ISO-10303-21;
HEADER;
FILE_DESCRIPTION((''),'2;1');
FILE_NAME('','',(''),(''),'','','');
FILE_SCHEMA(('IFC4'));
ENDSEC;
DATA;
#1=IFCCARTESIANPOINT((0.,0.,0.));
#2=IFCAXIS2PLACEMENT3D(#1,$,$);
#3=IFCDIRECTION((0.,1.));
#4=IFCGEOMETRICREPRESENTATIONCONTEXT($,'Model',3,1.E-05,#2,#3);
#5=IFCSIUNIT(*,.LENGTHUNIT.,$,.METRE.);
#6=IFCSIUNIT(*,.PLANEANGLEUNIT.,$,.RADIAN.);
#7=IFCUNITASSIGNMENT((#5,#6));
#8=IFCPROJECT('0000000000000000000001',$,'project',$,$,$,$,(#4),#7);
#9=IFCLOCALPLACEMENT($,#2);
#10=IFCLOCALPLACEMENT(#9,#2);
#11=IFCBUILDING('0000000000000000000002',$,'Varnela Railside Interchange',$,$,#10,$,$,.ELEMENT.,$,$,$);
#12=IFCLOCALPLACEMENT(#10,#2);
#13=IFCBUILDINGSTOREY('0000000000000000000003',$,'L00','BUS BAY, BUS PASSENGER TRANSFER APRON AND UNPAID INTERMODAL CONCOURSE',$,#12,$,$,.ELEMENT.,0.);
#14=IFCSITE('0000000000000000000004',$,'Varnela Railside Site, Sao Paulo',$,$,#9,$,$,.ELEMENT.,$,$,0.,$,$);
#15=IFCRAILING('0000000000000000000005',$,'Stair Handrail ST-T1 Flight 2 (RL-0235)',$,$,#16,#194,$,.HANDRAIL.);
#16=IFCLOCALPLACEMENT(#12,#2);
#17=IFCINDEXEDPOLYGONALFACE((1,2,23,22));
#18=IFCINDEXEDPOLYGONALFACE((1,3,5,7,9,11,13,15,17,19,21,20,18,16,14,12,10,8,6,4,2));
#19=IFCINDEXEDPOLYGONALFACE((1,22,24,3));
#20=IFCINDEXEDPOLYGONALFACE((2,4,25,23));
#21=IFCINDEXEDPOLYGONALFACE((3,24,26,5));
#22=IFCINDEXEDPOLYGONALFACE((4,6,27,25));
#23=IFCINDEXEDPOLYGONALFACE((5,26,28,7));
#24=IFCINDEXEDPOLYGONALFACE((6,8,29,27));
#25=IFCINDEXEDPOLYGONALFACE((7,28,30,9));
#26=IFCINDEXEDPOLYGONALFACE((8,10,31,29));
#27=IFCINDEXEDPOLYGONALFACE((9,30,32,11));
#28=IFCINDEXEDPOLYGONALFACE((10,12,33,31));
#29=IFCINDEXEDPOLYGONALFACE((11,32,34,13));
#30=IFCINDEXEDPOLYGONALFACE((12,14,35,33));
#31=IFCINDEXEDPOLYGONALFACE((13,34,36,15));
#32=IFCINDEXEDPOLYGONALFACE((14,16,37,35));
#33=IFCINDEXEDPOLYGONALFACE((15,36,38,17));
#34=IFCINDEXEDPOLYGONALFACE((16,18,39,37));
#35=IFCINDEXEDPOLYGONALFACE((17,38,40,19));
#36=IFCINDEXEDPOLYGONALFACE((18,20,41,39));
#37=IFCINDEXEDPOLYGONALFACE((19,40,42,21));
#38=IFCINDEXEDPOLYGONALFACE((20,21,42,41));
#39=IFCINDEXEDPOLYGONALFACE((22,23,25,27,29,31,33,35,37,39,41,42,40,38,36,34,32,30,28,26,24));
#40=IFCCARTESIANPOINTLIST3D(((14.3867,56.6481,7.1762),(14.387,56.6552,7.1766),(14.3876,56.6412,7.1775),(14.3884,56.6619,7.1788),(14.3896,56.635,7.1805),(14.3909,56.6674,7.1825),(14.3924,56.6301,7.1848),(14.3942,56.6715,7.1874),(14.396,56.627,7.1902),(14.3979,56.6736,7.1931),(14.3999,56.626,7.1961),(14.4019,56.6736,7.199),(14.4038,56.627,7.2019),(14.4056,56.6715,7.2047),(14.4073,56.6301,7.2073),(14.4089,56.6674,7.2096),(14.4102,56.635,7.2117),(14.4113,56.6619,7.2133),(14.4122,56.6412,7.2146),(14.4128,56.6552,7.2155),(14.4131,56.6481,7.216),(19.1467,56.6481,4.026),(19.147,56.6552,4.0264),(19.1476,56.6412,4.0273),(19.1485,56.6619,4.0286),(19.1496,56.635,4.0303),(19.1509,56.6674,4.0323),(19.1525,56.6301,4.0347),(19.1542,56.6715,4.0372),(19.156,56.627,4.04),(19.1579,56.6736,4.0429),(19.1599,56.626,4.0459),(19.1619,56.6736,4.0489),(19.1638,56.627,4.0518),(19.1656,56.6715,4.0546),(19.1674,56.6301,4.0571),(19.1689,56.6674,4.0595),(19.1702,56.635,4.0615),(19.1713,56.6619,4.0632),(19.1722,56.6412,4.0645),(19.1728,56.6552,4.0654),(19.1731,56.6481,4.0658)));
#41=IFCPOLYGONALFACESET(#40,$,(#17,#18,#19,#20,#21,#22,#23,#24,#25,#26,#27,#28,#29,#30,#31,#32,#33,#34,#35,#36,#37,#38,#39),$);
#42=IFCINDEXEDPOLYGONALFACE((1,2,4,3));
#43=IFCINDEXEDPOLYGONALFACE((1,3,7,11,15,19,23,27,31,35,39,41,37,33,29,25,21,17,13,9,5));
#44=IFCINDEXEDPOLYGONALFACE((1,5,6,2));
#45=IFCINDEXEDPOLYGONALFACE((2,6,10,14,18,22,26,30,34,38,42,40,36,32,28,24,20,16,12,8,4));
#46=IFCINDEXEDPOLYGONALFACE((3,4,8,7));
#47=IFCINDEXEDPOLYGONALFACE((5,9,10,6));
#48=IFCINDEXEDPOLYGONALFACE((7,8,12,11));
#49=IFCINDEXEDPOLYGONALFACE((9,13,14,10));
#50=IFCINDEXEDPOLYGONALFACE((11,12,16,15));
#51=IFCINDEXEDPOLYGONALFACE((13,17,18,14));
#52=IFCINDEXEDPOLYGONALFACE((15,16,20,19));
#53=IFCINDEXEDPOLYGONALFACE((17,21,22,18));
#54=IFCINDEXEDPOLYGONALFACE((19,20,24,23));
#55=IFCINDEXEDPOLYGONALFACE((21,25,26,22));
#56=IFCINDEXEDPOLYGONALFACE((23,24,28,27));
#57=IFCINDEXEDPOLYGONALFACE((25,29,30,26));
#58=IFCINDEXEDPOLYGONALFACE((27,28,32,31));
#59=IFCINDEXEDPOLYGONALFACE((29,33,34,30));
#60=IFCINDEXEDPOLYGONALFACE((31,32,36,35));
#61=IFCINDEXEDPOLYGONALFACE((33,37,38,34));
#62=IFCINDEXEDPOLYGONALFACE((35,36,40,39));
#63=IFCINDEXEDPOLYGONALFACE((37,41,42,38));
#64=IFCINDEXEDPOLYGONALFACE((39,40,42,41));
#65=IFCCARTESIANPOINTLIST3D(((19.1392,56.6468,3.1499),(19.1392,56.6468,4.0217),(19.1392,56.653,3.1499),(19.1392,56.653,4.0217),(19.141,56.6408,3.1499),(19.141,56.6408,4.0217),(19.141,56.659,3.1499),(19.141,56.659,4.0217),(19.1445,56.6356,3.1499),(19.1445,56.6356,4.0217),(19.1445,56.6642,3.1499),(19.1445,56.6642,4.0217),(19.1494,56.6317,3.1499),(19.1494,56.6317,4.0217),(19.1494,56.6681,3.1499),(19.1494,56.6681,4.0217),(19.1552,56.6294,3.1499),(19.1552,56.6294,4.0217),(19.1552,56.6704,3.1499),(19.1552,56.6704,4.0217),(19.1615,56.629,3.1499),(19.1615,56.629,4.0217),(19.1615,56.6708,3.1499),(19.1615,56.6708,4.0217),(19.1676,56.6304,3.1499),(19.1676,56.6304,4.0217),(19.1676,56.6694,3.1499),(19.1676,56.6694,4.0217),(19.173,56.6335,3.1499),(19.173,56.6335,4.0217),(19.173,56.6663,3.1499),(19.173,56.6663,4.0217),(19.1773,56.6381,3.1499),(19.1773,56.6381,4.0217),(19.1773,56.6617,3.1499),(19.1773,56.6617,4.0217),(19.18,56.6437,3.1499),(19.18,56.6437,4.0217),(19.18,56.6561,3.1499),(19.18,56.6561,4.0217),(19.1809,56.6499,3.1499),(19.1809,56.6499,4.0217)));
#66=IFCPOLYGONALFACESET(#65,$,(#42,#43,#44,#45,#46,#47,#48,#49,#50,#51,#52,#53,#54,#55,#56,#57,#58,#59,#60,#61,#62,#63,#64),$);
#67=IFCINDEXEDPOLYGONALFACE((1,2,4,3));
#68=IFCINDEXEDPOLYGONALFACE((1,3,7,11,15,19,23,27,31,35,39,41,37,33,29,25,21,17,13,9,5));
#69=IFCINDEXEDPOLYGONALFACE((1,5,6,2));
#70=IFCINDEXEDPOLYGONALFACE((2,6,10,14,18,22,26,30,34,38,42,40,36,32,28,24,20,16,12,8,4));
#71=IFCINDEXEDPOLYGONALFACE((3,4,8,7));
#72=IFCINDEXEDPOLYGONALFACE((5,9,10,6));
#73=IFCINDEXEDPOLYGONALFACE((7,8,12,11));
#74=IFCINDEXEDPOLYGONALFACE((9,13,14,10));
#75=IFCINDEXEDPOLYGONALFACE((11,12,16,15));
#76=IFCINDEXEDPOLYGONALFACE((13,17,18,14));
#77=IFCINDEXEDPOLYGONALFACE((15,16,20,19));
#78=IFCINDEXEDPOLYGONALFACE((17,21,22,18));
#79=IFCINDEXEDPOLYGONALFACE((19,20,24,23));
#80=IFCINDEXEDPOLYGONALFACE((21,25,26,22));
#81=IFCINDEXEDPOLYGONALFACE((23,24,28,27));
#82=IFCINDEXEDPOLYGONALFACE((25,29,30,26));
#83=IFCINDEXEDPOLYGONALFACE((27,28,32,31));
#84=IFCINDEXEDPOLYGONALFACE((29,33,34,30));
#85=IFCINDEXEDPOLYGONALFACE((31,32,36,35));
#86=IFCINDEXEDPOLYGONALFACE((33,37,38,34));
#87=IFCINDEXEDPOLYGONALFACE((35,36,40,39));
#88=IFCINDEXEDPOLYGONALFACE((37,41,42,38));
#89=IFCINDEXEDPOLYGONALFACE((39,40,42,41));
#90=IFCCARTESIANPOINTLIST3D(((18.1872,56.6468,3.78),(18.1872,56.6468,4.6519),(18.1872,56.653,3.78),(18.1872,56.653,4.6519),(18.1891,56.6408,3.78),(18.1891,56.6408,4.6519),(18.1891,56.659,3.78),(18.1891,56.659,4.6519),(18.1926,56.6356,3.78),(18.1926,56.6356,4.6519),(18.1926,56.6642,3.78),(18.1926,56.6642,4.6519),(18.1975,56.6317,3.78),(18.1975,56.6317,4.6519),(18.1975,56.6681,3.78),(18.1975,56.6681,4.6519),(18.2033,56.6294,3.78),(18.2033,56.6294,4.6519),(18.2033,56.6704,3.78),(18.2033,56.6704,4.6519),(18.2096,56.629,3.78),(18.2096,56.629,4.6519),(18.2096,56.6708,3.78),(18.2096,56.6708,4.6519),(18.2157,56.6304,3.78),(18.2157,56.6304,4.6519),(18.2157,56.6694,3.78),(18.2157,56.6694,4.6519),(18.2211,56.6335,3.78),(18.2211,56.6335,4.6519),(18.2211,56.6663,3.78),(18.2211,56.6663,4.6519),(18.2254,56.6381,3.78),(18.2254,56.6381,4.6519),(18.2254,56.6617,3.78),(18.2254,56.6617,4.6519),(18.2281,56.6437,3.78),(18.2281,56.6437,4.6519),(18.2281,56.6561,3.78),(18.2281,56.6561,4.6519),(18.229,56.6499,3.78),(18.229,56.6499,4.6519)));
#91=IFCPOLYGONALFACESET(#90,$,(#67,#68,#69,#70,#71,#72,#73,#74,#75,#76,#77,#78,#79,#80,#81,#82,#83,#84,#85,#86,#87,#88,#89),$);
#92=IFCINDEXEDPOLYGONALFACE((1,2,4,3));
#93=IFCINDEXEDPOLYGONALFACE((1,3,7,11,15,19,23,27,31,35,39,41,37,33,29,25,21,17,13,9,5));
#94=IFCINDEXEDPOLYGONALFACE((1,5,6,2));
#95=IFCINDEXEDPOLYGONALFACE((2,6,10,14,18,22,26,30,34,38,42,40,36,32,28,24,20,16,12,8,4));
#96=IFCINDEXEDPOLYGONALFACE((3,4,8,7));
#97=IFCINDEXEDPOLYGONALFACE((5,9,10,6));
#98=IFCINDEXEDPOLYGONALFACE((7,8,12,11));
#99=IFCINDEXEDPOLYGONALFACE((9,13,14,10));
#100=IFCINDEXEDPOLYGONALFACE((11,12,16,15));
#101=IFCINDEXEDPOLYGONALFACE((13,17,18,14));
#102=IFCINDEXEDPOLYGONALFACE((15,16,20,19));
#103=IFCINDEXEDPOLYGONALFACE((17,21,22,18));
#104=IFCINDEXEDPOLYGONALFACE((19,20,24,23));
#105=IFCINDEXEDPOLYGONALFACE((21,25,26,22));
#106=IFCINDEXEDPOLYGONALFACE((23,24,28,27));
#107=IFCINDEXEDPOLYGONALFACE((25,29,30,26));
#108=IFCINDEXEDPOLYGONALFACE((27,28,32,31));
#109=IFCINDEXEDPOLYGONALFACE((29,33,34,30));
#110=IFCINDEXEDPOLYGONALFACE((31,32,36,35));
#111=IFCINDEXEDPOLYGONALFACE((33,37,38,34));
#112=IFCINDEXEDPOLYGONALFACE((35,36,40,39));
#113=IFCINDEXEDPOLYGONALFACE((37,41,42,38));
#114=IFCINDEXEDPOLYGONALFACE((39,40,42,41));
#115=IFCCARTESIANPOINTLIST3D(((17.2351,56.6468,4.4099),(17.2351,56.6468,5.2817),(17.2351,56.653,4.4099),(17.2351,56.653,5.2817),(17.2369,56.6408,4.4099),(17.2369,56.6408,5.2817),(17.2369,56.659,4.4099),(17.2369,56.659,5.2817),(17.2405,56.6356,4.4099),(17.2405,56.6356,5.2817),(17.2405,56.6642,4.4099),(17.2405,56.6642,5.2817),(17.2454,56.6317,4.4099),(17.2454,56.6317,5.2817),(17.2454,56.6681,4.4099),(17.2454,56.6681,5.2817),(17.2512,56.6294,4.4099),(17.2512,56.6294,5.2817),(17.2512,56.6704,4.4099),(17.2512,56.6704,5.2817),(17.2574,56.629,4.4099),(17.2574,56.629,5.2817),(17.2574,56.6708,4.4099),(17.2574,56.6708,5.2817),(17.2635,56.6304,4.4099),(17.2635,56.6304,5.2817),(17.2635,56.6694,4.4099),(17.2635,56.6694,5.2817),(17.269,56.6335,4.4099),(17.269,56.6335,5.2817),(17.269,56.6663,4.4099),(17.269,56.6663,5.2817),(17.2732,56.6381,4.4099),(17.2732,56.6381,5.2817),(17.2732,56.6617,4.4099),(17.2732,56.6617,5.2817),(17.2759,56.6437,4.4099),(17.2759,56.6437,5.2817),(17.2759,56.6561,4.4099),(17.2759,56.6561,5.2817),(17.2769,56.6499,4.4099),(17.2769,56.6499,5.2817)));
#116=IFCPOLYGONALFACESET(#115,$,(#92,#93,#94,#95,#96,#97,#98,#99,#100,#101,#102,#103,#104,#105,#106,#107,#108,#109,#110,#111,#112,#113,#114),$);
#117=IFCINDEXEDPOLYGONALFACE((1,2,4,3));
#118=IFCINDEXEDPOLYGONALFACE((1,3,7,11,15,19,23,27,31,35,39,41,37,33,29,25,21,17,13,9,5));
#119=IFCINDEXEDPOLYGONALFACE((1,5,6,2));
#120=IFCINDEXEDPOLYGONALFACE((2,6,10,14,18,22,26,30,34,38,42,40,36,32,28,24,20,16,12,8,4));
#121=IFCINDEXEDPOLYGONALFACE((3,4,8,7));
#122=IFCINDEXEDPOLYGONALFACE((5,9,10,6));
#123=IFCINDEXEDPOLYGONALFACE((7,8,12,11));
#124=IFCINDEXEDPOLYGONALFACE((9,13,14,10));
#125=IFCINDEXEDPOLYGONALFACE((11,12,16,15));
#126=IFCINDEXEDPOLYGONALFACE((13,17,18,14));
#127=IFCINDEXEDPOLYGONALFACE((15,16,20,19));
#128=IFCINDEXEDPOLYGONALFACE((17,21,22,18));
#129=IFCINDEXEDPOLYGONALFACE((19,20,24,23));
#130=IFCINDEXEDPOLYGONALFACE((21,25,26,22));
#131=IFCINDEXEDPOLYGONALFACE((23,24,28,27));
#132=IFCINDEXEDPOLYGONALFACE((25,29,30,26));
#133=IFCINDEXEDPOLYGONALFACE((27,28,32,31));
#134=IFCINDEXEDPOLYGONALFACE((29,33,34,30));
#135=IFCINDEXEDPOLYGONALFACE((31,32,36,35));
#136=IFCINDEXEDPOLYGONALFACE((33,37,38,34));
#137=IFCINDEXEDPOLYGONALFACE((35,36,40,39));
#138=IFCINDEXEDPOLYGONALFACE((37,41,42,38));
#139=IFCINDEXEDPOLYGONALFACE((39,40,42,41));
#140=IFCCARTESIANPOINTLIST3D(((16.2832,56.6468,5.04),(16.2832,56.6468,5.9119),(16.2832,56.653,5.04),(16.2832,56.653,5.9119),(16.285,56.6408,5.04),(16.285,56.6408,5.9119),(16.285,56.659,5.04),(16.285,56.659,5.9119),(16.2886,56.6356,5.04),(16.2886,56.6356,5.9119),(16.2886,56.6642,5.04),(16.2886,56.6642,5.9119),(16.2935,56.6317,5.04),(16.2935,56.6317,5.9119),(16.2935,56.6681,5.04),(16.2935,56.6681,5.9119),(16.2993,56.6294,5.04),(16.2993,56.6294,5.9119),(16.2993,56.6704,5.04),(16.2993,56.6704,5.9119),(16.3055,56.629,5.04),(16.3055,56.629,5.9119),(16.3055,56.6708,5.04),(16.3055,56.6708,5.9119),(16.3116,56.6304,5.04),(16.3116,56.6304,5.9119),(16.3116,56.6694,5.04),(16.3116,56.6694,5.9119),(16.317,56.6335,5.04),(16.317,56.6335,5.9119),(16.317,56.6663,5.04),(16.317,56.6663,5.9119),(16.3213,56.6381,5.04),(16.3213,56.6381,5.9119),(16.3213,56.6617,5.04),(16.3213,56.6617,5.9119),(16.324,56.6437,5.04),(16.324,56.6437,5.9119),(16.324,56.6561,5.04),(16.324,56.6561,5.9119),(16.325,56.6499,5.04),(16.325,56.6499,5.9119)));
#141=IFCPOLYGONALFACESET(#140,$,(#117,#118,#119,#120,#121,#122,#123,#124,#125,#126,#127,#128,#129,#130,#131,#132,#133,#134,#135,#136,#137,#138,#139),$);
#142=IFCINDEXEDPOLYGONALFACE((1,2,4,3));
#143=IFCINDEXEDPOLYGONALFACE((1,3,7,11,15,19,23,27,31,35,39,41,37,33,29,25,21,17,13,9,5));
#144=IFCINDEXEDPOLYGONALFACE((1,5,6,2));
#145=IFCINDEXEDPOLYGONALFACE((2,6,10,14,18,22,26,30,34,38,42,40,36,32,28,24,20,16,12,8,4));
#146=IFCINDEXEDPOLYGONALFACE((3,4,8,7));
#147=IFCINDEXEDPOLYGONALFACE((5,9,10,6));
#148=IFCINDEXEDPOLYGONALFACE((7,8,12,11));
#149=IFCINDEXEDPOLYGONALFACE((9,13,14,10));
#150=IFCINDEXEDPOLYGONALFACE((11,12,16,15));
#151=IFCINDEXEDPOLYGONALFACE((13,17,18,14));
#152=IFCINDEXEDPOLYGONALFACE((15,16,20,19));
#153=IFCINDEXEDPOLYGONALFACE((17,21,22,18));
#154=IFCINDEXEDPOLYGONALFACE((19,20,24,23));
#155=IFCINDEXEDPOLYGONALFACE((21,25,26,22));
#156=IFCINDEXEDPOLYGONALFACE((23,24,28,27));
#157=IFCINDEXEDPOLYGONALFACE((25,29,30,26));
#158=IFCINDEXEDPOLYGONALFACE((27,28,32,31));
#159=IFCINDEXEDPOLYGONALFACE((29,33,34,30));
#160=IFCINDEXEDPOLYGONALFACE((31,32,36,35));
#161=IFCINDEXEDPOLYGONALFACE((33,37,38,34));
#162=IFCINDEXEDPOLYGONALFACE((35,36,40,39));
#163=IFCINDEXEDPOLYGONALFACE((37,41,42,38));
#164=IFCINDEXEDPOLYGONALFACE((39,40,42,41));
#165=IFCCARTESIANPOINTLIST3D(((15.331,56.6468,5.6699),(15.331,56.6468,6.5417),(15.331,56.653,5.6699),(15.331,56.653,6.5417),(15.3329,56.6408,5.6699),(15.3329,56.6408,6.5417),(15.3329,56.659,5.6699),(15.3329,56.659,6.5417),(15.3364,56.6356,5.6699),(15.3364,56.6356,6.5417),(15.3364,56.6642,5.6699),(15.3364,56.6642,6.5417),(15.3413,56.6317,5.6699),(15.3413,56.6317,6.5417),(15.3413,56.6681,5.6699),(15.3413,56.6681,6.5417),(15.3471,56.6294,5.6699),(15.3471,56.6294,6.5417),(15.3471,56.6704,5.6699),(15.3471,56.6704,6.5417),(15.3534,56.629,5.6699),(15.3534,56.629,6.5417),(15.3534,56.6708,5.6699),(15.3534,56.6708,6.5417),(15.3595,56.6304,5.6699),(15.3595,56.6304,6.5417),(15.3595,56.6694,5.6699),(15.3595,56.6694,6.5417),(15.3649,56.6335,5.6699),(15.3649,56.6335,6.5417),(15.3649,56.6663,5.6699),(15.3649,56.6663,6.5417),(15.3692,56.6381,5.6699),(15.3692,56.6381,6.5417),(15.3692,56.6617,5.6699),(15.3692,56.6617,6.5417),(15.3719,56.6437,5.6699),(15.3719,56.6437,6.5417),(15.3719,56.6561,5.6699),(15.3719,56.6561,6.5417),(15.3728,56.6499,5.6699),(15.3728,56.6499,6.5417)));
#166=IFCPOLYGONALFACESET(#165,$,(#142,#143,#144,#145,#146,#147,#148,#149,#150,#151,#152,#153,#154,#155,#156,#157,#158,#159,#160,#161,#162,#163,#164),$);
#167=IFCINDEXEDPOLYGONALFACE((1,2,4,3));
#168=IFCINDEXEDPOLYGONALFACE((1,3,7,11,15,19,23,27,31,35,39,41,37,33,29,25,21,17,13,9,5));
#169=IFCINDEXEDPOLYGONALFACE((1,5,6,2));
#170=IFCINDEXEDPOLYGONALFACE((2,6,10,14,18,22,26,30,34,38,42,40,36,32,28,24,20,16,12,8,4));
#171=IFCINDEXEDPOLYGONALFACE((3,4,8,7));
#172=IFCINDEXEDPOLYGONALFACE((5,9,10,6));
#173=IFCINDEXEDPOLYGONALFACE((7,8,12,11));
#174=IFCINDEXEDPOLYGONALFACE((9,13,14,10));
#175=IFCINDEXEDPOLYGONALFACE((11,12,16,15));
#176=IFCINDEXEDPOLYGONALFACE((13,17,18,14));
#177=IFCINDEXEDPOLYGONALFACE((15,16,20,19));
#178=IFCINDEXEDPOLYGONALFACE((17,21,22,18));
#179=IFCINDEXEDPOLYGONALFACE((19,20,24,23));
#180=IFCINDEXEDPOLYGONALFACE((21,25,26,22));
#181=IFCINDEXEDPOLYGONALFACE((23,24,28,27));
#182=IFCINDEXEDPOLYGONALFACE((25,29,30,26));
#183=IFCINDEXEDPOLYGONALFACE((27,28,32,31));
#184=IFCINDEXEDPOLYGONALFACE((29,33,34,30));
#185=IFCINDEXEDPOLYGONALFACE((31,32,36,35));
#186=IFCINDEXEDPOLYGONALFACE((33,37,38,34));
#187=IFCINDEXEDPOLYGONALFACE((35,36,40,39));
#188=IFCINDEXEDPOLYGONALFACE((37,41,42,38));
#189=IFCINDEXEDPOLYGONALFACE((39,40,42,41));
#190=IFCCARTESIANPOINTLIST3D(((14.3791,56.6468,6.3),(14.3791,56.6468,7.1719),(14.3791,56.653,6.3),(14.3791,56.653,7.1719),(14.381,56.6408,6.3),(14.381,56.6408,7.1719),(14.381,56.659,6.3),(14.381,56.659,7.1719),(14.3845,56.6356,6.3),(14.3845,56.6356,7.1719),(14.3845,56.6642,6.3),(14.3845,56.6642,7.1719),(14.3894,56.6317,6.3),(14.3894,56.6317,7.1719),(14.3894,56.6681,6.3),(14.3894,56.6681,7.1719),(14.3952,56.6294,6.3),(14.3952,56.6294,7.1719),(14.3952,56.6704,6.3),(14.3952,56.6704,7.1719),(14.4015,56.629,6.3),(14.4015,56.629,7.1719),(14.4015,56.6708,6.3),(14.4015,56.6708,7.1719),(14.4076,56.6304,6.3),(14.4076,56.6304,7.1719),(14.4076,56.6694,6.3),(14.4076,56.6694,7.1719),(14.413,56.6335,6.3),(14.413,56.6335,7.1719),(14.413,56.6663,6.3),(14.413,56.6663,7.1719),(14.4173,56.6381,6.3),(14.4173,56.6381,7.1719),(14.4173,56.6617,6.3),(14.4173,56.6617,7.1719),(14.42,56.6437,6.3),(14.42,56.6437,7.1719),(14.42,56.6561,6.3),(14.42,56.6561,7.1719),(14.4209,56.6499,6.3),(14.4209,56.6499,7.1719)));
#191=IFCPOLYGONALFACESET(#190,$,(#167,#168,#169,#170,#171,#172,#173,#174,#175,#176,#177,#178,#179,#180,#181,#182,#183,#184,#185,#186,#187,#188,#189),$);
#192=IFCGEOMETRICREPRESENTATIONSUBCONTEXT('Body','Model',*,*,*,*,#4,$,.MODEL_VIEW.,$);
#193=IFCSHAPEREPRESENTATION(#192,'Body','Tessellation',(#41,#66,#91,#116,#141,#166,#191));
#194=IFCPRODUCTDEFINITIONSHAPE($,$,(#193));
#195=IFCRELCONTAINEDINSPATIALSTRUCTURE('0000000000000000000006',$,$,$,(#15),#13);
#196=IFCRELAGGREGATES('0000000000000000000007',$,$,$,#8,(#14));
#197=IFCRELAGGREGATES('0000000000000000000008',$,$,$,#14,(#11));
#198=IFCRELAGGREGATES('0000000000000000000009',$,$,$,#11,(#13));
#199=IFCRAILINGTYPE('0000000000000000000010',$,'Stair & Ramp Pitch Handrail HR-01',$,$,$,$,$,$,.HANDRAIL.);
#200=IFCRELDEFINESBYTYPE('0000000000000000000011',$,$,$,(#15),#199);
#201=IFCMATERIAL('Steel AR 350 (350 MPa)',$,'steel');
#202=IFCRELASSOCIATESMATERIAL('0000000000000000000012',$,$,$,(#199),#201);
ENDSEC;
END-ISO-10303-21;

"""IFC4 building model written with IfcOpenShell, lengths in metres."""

from ifc_helpers import new_model, si_unit, direction, frame, origin, origin_2d, place, context, subcontext, project, spatial, circle, extrude, material, type_object, element, save


model = new_model("IFC4")

# Units and contexts
model_context = context("Model", 3, precision=1e-05, world=origin(), true_north=direction((0.0, 1.0)))
body_context = subcontext(model_context, "Body", "Model", "MODEL_VIEW")
ifc_project = project(units=[si_unit("LENGTHUNIT", "METRE"), si_unit("PLANEANGLEUNIT", "RADIAN")], contexts=[model_context])

# Site, building, storey
site_placement = place(None, origin())
site = spatial("IfcSite", under=ifc_project, at=site_placement, Name="Varnela Railside Site, Sao Paulo", CompositionType="ELEMENT", RefElevation=0.0)
building_placement = place(site_placement, origin())
building = spatial("IfcBuilding", under=site, at=building_placement, Name="Varnela Railside Interchange", CompositionType="ELEMENT")
storey_placement = place(building_placement, origin())
storey = spatial("IfcBuildingStorey", under=building, at=storey_placement, Name="L00", Description="BUS BAY, BUS PASSENGER TRANSFER APRON AND UNPAID INTERMODAL CONCOURSE", CompositionType="ELEMENT", Elevation=0.0)

# Shared definitions
ifc_material_1 = material(Name="Steel AR 350 (350 MPa)", Category="steel")

# Railing
railing_type_1 = type_object("IfcRailingType", Name="Stair & Ramp Pitch Handrail HR-01", PredefinedType="HANDRAIL", material=ifc_material_1)
railing_1_placement = place(storey_placement, frame((19.1599, 56.6499, 3.1499)))
element("IfcRailing", 1, at=railing_1_placement, inside=storey, type_object=railing_type_1, Name="Stair Handrail ST-T1 Flight 2 (RL-0235)", PredefinedType="HANDRAIL", context=body_context, shape_type="SweptSolid", body=[
    extrude(circle(Radius=0.0239, at=origin_2d()), frame((0.0, 0.0, 0.896), z_axis=(-0.833921, 0.0, 0.551884), x_axis=(0.0, -1.0, 0.0)), (0.0, 0.0, 1.0), 5.708),
    extrude(circle(Radius=0.021, at=origin_2d()), origin(), (0.0, 0.0, 1.0), 0.8718),
    extrude(circle(Radius=0.021, at=origin_2d()), frame((-0.9519, 0.0, 0.6301)), (0.0, 0.0, 1.0), 0.8718),
    extrude(circle(Radius=0.021, at=origin_2d()), frame((-1.9041, 0.0, 1.26)), (0.0, 0.0, 1.0), 0.8718),
    extrude(circle(Radius=0.021, at=origin_2d()), frame((-2.856, 0.0, 1.8901)), (0.0, 0.0, 1.0), 0.8718),
    extrude(circle(Radius=0.021, at=origin_2d()), frame((-3.8081, 0.0, 2.52)), (0.0, 0.0, 1.0), 0.8718),
    extrude(circle(Radius=0.021, at=origin_2d()), frame((-4.76, 0.0, 3.1501)), (0.0, 0.0, 1.0), 0.8718),
])

save(model, "model.ifc")
